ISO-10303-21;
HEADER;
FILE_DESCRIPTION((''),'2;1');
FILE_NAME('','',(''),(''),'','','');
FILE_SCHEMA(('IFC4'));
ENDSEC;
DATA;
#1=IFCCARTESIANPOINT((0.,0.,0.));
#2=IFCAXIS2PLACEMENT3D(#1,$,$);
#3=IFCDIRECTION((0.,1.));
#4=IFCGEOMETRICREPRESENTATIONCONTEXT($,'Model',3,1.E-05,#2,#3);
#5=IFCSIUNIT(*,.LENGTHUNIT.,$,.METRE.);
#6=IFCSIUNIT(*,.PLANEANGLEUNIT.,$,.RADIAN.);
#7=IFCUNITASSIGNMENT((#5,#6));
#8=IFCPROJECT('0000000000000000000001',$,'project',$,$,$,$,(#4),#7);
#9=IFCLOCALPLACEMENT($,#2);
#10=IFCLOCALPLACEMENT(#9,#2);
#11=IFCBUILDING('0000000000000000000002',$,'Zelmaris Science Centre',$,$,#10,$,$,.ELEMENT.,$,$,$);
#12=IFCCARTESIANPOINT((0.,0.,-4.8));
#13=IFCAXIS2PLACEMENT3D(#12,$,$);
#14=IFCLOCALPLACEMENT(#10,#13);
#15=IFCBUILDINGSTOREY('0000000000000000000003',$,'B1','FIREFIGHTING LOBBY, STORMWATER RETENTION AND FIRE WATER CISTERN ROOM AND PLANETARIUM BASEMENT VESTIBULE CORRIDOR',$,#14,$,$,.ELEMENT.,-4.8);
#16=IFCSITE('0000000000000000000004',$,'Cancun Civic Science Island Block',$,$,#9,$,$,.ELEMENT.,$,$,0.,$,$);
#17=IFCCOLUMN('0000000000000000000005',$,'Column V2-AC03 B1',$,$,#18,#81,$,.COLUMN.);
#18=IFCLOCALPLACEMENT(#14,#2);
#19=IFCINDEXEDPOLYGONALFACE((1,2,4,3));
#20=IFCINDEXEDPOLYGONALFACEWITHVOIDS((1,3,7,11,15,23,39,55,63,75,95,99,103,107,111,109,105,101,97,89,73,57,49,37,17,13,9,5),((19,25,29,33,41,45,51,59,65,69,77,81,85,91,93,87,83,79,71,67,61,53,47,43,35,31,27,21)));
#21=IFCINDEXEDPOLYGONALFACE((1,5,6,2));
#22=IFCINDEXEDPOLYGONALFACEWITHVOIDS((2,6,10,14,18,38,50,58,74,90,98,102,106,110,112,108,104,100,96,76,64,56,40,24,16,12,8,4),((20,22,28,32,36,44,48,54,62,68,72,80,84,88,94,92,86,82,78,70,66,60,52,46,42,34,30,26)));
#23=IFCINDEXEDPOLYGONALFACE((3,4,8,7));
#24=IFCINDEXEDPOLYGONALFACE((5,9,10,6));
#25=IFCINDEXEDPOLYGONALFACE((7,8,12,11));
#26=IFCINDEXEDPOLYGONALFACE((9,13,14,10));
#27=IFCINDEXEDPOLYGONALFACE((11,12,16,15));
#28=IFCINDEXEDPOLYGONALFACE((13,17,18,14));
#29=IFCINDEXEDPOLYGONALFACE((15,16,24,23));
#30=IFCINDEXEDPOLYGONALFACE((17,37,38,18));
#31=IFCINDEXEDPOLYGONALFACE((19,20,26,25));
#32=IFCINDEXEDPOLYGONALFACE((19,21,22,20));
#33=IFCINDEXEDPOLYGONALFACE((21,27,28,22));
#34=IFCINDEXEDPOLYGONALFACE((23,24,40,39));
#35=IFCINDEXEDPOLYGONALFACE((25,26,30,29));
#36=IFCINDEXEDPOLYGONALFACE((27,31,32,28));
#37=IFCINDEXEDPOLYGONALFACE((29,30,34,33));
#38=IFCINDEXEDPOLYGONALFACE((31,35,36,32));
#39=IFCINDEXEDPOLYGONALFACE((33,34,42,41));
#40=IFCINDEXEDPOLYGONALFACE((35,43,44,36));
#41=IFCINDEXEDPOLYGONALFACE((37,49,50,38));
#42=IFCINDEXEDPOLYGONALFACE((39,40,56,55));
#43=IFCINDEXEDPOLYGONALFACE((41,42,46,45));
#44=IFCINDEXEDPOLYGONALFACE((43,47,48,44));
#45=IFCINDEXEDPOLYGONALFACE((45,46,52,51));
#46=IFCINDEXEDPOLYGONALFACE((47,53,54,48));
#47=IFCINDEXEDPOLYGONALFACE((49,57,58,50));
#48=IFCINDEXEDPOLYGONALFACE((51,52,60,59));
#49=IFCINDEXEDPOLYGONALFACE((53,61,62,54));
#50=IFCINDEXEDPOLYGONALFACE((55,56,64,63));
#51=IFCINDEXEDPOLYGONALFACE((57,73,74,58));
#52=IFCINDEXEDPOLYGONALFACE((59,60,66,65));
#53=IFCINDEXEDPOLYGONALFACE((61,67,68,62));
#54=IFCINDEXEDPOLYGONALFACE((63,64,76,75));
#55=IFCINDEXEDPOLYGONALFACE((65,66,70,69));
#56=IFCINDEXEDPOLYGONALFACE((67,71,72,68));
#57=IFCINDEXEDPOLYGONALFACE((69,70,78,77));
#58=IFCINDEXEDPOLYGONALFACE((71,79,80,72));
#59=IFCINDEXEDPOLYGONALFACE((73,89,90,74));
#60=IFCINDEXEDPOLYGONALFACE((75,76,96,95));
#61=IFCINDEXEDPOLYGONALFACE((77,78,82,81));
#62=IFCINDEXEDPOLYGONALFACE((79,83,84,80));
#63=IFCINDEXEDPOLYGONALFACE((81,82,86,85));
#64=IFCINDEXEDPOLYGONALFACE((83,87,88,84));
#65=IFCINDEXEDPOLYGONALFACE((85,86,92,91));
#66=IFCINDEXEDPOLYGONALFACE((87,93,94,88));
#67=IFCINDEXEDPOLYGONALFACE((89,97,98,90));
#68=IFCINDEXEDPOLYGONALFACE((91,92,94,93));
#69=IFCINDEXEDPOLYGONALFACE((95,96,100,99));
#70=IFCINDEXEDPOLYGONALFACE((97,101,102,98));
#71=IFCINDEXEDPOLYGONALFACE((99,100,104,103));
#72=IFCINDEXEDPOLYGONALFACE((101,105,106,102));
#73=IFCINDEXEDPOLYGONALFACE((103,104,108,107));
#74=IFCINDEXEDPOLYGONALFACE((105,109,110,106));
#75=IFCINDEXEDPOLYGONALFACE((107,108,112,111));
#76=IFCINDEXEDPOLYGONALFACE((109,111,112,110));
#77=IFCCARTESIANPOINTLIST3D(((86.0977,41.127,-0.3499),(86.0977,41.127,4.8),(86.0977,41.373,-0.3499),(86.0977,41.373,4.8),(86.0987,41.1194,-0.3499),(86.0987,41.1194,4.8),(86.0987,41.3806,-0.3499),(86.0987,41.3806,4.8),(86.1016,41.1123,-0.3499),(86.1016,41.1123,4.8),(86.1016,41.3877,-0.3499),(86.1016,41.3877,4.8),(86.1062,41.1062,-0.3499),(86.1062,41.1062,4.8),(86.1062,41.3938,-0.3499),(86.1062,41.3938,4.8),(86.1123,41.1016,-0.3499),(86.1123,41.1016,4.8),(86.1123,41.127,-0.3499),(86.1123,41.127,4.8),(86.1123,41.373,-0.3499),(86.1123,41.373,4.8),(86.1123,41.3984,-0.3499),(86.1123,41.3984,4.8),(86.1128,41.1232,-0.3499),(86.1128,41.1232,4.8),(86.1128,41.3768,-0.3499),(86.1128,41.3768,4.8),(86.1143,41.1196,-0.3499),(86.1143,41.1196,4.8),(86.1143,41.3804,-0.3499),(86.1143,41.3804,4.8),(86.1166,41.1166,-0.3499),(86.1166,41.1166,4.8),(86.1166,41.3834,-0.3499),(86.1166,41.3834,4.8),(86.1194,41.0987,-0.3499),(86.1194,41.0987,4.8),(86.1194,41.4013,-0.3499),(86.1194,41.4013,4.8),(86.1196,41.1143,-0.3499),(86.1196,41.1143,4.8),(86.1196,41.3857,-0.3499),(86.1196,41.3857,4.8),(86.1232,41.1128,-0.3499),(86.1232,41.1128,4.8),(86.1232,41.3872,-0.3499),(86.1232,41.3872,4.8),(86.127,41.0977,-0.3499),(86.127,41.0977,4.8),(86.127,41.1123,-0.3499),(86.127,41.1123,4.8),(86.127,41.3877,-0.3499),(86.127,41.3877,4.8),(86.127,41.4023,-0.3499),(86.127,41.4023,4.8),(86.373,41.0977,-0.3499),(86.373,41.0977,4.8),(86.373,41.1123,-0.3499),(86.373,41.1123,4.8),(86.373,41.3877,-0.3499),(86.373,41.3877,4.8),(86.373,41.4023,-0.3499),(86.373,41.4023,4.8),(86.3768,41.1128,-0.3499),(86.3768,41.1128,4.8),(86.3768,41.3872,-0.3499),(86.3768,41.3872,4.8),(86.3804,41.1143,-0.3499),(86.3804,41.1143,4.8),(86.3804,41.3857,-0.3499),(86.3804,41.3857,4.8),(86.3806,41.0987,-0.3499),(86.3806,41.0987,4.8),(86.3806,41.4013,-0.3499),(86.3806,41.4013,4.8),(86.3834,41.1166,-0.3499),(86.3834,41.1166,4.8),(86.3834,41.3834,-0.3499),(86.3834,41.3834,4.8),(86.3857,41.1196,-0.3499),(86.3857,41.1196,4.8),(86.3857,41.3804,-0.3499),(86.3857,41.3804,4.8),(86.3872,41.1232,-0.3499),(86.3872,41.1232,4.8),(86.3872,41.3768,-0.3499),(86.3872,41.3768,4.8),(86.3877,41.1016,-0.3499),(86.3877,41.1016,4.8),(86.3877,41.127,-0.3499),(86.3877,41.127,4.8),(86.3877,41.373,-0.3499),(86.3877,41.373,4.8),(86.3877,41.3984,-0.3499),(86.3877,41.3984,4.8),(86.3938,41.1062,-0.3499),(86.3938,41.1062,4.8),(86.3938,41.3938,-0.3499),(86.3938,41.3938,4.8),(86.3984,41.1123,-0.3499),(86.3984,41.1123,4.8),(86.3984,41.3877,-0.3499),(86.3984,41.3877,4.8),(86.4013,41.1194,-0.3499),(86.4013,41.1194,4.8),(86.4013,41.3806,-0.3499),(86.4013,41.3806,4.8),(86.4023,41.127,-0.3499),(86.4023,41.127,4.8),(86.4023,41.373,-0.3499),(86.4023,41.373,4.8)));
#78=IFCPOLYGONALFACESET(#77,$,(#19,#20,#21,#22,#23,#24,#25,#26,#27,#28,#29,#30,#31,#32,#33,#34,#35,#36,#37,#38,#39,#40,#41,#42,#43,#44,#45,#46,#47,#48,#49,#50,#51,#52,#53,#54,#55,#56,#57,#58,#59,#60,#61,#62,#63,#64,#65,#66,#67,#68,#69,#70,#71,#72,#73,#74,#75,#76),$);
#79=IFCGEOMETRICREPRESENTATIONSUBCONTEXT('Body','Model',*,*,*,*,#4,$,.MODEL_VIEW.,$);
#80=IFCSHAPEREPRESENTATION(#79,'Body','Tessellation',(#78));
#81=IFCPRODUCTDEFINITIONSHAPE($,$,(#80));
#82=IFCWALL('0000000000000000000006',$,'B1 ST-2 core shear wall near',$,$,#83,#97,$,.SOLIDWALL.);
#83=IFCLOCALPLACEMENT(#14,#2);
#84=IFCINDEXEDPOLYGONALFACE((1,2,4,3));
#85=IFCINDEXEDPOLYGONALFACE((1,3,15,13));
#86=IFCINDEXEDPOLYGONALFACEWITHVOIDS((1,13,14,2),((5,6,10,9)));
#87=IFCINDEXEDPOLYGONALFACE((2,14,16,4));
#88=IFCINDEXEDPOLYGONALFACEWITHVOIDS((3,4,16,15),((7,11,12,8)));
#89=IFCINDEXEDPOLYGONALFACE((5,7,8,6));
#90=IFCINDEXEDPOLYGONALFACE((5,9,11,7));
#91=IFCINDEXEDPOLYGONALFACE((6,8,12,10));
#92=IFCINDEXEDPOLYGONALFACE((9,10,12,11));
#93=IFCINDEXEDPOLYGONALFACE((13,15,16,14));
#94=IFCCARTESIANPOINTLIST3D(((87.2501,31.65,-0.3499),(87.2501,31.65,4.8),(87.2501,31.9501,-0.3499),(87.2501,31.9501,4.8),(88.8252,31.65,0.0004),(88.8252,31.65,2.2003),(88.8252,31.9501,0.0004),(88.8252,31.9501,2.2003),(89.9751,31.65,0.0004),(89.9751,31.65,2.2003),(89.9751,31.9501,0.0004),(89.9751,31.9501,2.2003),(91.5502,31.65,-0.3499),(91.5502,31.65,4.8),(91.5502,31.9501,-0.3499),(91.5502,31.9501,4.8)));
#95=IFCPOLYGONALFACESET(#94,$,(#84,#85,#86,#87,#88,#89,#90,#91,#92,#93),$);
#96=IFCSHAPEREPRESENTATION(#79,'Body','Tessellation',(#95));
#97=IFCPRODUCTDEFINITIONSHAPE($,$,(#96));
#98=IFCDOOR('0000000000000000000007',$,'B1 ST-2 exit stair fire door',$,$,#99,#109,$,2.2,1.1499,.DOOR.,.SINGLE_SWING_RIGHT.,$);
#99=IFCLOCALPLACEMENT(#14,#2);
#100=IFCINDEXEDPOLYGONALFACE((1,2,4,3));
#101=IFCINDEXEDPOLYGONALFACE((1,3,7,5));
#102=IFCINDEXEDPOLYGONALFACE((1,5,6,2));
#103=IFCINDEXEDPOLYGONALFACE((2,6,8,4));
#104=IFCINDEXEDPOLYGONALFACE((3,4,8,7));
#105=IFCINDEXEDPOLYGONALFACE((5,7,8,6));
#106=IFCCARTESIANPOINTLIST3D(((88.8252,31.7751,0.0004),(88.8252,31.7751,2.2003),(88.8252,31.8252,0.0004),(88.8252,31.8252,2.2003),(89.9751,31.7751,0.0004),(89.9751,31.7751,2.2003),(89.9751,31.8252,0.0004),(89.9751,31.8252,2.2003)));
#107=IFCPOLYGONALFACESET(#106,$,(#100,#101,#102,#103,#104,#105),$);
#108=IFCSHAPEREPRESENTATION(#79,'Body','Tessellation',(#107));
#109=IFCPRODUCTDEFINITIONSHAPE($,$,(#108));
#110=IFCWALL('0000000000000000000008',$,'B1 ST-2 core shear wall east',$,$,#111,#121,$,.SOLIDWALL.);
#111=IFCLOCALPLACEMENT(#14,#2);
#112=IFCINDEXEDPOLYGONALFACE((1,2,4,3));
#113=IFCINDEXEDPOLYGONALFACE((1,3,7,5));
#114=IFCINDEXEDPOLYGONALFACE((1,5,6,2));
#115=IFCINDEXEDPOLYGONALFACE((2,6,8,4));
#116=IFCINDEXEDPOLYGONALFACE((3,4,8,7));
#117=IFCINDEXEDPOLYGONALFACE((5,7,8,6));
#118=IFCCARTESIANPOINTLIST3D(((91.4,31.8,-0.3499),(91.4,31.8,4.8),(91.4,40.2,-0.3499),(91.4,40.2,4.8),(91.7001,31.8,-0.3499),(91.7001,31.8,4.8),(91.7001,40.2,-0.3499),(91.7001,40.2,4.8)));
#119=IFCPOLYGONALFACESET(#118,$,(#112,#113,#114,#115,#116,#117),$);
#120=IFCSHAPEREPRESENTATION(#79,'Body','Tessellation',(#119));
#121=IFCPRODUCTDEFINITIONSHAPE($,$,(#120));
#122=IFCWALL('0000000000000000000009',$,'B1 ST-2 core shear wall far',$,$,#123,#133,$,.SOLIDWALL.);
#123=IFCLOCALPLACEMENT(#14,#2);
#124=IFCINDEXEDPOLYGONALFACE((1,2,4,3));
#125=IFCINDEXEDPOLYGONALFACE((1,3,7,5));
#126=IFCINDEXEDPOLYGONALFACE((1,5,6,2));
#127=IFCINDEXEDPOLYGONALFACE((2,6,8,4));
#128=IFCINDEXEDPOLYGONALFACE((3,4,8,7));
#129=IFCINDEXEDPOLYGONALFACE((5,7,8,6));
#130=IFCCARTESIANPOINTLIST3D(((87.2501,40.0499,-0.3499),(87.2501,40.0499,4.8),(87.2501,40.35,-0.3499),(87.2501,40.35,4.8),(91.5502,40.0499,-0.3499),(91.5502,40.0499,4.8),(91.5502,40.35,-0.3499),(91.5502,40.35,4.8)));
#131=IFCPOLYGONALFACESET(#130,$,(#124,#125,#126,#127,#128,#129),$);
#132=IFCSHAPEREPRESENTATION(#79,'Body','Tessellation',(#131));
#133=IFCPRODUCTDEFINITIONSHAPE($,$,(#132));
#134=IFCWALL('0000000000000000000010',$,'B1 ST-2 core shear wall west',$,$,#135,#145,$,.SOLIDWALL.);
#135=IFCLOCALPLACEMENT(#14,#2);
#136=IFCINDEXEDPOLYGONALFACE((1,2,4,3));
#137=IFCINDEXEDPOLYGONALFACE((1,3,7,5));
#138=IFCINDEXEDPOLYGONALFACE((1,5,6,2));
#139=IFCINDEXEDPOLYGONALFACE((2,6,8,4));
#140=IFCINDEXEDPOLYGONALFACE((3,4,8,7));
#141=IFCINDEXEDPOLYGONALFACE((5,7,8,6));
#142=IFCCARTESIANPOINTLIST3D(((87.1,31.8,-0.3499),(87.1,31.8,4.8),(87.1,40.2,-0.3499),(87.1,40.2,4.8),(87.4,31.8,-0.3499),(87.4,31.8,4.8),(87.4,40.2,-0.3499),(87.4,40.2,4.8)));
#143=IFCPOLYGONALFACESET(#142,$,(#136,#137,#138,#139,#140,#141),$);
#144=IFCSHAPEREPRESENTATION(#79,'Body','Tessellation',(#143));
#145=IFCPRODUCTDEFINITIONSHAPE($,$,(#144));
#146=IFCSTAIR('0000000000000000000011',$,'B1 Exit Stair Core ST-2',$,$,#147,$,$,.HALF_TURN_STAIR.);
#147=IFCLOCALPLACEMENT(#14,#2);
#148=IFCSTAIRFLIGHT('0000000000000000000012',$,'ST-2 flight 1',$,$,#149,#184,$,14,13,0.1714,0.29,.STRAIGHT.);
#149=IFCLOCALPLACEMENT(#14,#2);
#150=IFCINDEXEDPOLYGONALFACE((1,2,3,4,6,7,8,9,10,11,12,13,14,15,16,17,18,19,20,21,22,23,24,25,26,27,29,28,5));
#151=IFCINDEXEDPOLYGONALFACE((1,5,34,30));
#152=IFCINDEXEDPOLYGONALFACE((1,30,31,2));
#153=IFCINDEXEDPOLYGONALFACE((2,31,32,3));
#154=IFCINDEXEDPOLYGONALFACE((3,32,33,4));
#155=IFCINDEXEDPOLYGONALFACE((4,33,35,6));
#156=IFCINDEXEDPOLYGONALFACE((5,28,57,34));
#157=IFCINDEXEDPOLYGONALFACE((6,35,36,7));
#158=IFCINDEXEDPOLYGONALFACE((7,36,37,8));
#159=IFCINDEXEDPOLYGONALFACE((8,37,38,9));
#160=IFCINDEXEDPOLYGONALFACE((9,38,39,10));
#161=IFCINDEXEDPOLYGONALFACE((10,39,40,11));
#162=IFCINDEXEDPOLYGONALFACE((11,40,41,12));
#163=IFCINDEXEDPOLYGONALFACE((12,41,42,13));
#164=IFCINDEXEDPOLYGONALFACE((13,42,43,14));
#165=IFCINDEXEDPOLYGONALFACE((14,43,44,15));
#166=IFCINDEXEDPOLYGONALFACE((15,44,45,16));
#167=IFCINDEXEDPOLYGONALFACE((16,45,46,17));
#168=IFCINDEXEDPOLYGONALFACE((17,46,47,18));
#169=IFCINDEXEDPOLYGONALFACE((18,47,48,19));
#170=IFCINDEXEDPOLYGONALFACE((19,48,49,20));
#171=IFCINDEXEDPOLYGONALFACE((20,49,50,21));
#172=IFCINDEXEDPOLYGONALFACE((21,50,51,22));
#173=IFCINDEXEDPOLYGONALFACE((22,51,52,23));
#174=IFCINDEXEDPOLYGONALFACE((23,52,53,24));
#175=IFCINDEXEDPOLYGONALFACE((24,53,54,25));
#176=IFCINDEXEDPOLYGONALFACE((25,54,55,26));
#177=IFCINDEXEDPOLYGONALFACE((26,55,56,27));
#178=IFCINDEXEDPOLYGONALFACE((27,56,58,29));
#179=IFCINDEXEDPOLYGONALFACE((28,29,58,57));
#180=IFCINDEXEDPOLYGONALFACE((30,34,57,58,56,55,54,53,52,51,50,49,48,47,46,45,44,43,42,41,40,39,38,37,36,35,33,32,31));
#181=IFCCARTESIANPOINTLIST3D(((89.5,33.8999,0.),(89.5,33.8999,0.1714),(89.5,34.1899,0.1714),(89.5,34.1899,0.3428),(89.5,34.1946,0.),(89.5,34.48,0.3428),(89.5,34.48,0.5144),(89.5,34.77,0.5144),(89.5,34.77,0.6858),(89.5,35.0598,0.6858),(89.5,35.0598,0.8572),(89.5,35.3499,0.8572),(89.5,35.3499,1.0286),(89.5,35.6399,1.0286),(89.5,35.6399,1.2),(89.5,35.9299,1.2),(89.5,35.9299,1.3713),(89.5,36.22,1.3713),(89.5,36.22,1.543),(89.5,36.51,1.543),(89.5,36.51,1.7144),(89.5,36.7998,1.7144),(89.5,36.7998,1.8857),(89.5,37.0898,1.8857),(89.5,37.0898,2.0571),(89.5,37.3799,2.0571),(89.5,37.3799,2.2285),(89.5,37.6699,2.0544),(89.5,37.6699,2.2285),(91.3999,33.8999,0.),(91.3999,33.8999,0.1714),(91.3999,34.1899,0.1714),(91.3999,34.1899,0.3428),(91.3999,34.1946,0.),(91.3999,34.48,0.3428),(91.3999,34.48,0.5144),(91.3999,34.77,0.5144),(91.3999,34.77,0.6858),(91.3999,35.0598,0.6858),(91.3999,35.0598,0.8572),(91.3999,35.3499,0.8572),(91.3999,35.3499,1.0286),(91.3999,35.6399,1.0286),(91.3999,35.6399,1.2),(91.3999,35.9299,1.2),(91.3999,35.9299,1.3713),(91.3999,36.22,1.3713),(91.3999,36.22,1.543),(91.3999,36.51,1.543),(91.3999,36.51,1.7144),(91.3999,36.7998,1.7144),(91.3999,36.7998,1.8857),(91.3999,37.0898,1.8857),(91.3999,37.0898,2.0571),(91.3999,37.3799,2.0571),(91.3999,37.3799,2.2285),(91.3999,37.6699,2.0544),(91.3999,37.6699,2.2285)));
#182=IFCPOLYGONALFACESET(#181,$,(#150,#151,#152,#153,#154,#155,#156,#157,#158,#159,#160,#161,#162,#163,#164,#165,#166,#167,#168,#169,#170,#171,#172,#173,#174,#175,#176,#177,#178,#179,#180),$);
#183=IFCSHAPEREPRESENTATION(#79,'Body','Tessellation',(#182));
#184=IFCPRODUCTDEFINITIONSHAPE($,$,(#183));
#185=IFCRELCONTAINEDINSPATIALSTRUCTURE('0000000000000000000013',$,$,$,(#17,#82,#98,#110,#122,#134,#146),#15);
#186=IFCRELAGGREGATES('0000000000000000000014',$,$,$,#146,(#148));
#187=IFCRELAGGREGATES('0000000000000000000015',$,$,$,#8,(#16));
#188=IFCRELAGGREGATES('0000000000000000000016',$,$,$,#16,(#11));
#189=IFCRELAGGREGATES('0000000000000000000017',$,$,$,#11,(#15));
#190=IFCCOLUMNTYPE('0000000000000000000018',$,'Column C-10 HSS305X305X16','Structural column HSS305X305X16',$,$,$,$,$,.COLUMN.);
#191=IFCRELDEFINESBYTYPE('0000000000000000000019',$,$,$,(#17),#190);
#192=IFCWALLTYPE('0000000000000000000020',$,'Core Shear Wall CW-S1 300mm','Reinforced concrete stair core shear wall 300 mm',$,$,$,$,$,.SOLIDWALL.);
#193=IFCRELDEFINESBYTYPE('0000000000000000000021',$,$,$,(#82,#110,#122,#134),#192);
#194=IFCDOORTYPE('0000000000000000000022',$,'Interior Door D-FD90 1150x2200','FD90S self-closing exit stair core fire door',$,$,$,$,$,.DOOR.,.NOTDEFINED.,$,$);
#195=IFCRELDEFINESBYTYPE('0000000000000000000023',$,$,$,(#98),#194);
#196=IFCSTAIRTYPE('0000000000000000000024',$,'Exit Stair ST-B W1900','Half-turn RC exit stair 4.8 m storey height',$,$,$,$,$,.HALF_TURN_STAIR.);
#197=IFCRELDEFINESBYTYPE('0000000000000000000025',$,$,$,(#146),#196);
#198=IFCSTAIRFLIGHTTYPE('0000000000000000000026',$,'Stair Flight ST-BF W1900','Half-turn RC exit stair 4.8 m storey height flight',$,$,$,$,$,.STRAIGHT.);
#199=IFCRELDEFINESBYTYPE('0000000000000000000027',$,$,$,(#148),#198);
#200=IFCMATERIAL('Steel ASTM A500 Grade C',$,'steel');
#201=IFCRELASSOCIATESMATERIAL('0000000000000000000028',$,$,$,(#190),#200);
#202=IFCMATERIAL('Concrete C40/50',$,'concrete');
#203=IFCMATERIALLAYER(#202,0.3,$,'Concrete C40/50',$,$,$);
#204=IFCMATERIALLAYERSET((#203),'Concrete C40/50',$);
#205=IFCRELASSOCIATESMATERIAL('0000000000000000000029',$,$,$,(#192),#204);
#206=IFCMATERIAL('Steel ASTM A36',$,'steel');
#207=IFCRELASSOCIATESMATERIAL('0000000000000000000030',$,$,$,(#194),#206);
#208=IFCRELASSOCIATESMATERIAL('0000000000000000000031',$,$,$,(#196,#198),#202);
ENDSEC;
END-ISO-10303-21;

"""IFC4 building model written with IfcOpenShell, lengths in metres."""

from ifc_helpers import new_model, si_unit, direction, frame, frame_2d, origin, origin_2d, place, context, subcontext, project, spatial, polyline, rectangle, hollow_rectangle, outline, extrude, material, layer, layer_set, material_profile, profile_set, type_object, element, fill, aggregate, save


model = new_model("IFC4")

# Units and contexts
model_context = context("Model", 3, precision=1e-05, world=origin(), true_north=direction((0.0, 1.0)))
body_context = subcontext(model_context, "Body", "Model", "MODEL_VIEW")
ifc_project = project(units=[si_unit("LENGTHUNIT", "METRE"), si_unit("PLANEANGLEUNIT", "RADIAN")], contexts=[model_context])

# Site, building, storey
site_placement = place(None, origin())
site = spatial("IfcSite", under=ifc_project, at=site_placement, Name="Cancun Civic Science Island Block", CompositionType="ELEMENT", RefElevation=0.0)
building_placement = place(site_placement, origin())
building = spatial("IfcBuilding", under=site, at=building_placement, Name="Zelmaris Science Centre", CompositionType="ELEMENT")
storey_placement = place(building_placement, frame((0.0, 0.0, -4.8)))
storey = spatial("IfcBuildingStorey", under=building, at=storey_placement, Name="B1", Description="FIREFIGHTING LOBBY, STORMWATER RETENTION AND FIRE WATER CISTERN ROOM AND PLANETARIUM BASEMENT VESTIBULE CORRIDOR", CompositionType="ELEMENT", Elevation=-4.8)

# Shared definitions
ifc_material_1 = material(Name="Concrete C40/50", Category="concrete")

# Column
ifc_material_2 = material(Name="Steel ASTM A500 Grade C", Category="steel")
ifc_material_profile_1 = material_profile(ifc_material_2, hollow_rectangle(XDim=0.3047, YDim=0.3047, WallThickness=0.0146, InnerFilletRadius=0.0146, OuterFilletRadius=0.0293, at=origin_2d()), Name="HSS305X305X16")
ifc_profile_set_1 = profile_set([ifc_material_profile_1], Name="Steel ASTM A500 Grade C")
column_type = type_object("IfcColumnType", Name="Column C-10 HSS305X305X16", Description="Structural column HSS305X305X16", PredefinedType="COLUMN", material=ifc_profile_set_1)
column_placement = place(storey_placement, frame((86.25, 41.25, -0.3499), z_axis=(0.0, 0.0, 1.0), x_axis=(1.0, 0.0, 0.0)))
element("IfcColumn", 1, at=column_placement, inside=storey, type_object=column_type, Name="Column V2-AC03 B1", PredefinedType="COLUMN", context=body_context, shape_type="SweptSolid", body=[
    extrude(hollow_rectangle(XDim=0.3047, YDim=0.3047, WallThickness=0.0146, InnerFilletRadius=0.0146, OuterFilletRadius=0.0293, at=origin_2d()), origin(), (0.0, 0.0, 1.0), 5.1499),
])

# Wall, opening, door
ifc_layer = layer(ifc_material_1, 0.3, Name="Concrete C40/50")
ifc_layer_set = layer_set([ifc_layer], Name="Concrete C40/50")
wall_type = type_object("IfcWallType", Name="Core Shear Wall CW-S1 300mm", Description="Reinforced concrete stair core shear wall 300 mm", PredefinedType="SOLIDWALL", material=ifc_layer_set)
wall_1_placement = place(storey_placement, frame((91.55, 31.8, -0.3499), z_axis=(0.0, 0.0, 1.0), x_axis=(-1.0, 0.0, 0.0)))
wall_1 = element("IfcWall", 2, at=wall_1_placement, inside=storey, type_object=wall_type, Name="B1 ST-2 core shear wall near", PredefinedType="SOLIDWALL", context=body_context, shape_type="SweptSolid", body=[
    extrude(rectangle(XDim=4.3, YDim=0.3, at=frame_2d((2.1499, 0.0))), origin(), (0.0, 0.0, 1.0), 5.1499),
])
opening_placement = place(wall_1_placement, frame((1.575, 0.0, 0.3501)))
opening = element("IfcOpeningElement", 3, at=opening_placement, cuts=wall_1, PredefinedType="OPENING", context=body_context, shape_type="SweptSolid", body=[
    extrude(rectangle(XDim=1.1499, YDim=2.2, at=frame_2d((0.575, 1.1001))), frame((0.0, 0.1599, 0.0), z_axis=(0.0, -1.0, 0.0), x_axis=(1.0, 0.0, 0.0)), (0.0, 0.0, 1.0), 0.3201),
])
ifc_material_3 = material(Name="Steel ASTM A36", Category="steel")
door_type = type_object("IfcDoorType", Name="Interior Door D-FD90 1150x2200", Description="FD90S self-closing exit stair core fire door", OperationType="NOTDEFINED", PredefinedType="DOOR", material=ifc_material_3)
door_placement = place(opening_placement, origin())
door = element("IfcDoor", 4, at=door_placement, inside=storey, type_object=door_type, Name="B1 ST-2 exit stair fire door", OperationType="SINGLE_SWING_RIGHT", OverallHeight=2.2, OverallWidth=1.1499, PredefinedType="DOOR", context=body_context, shape_type="SweptSolid", body=[
    extrude(rectangle(XDim=1.1499, YDim=2.2, at=frame_2d((0.575, 1.1001))), frame((0.0, 0.0249, 0.0), z_axis=(0.0, -1.0, 0.0), x_axis=(1.0, 0.0, 0.0)), (0.0, 0.0, 1.0), 0.05),
])
fill(opening, door)

# Walls
wall_2_placement = place(storey_placement, frame((91.55, 31.8, -0.3499), z_axis=(0.0, 0.0, 1.0), x_axis=(0.0, 1.0, 0.0)))
element("IfcWall", 5, at=wall_2_placement, inside=storey, type_object=wall_type, Name="B1 ST-2 core shear wall east", PredefinedType="SOLIDWALL", context=body_context, shape_type="SweptSolid", body=[
    extrude(rectangle(XDim=8.3999, YDim=0.3, at=frame_2d((4.2, 0.0))), origin(), (0.0, 0.0, 1.0), 5.1499),
])
wall_3_placement = place(storey_placement, frame((91.55, 40.2, -0.3499), z_axis=(0.0, 0.0, 1.0), x_axis=(-1.0, 0.0, 0.0)))
element("IfcWall", 6, at=wall_3_placement, inside=storey, type_object=wall_type, Name="B1 ST-2 core shear wall far", PredefinedType="SOLIDWALL", context=body_context, shape_type="SweptSolid", body=[
    extrude(rectangle(XDim=4.3, YDim=0.3, at=frame_2d((2.1499, 0.0))), origin(), (0.0, 0.0, 1.0), 5.1499),
])
wall_4_placement = place(storey_placement, frame((87.25, 31.8, -0.3499), z_axis=(0.0, 0.0, 1.0), x_axis=(0.0, 1.0, 0.0)))
element("IfcWall", 7, at=wall_4_placement, inside=storey, type_object=wall_type, Name="B1 ST-2 core shear wall west", PredefinedType="SOLIDWALL", context=body_context, shape_type="SweptSolid", body=[
    extrude(rectangle(XDim=8.3999, YDim=0.3, at=frame_2d((4.2, 0.0))), origin(), (0.0, 0.0, 1.0), 5.1499),
])

# Stair, stair flight
stair_type = type_object("IfcStairType", Name="Exit Stair ST-B W1900", Description="Half-turn RC exit stair 4.8 m storey height", PredefinedType="HALF_TURN_STAIR", material=ifc_material_1)
stair_placement = place(storey_placement, origin())
stair = element("IfcStair", 8, at=stair_placement, inside=storey, type_object=stair_type, Name="B1 Exit Stair Core ST-2", PredefinedType="HALF_TURN_STAIR")
stair_flight_type = type_object("IfcStairFlightType", Name="Stair Flight ST-BF W1900", Description="Half-turn RC exit stair 4.8 m storey height flight", PredefinedType="STRAIGHT", material=ifc_material_1)
stair_flight_1_placement = place(storey_placement, frame((90.45, 33.8999, 0.0), z_axis=(0.0, 0.0, 1.0), x_axis=(0.0, 1.0, 0.0)))
stair_flight_1 = element("IfcStairFlight", 9, at=stair_flight_1_placement, type_object=stair_flight_type, Name="ST-2 flight 1", NumberOfRisers=14, NumberOfTreads=13, PredefinedType="STRAIGHT", RiserHeight=0.1714, TreadLength=0.29, context=body_context, shape_type="SweptSolid", body=[
    extrude(outline(polyline([(0.0, 0.0), (0.0, 0.1714), (0.29, 0.1714), (0.29, 0.3428), (0.5801, 0.3428), (0.5801, 0.5144), (0.8701, 0.5144), (0.8701, 0.6858), (1.1599, 0.6858), (1.1599, 0.8572), (1.45, 0.8572), (1.45, 1.0286), (1.74, 1.0286), (1.74, 1.2), (2.03, 1.2), (2.03, 1.3713), (2.3201, 1.3713), (2.3201, 1.543), (2.6101, 1.543), (2.6101, 1.7144), (2.8999, 1.7144), (2.8999, 1.8857), (3.1899, 1.8857), (3.1899, 2.0571), (3.48, 2.0571), (3.48, 2.2285), (3.77, 2.2285), (3.77, 2.3999), (3.77, 2.0544), (0.2947, 0.0), (0.0, 0.0)])), frame((0.0, 0.95, 0.0), z_axis=(0.0, -1.0, 0.0), x_axis=(1.0, 0.0, 0.0)), (0.0, 0.0, 1.0), 1.8999),
])
aggregate(stair, [stair_flight_1])

save(model, "model.ifc")
